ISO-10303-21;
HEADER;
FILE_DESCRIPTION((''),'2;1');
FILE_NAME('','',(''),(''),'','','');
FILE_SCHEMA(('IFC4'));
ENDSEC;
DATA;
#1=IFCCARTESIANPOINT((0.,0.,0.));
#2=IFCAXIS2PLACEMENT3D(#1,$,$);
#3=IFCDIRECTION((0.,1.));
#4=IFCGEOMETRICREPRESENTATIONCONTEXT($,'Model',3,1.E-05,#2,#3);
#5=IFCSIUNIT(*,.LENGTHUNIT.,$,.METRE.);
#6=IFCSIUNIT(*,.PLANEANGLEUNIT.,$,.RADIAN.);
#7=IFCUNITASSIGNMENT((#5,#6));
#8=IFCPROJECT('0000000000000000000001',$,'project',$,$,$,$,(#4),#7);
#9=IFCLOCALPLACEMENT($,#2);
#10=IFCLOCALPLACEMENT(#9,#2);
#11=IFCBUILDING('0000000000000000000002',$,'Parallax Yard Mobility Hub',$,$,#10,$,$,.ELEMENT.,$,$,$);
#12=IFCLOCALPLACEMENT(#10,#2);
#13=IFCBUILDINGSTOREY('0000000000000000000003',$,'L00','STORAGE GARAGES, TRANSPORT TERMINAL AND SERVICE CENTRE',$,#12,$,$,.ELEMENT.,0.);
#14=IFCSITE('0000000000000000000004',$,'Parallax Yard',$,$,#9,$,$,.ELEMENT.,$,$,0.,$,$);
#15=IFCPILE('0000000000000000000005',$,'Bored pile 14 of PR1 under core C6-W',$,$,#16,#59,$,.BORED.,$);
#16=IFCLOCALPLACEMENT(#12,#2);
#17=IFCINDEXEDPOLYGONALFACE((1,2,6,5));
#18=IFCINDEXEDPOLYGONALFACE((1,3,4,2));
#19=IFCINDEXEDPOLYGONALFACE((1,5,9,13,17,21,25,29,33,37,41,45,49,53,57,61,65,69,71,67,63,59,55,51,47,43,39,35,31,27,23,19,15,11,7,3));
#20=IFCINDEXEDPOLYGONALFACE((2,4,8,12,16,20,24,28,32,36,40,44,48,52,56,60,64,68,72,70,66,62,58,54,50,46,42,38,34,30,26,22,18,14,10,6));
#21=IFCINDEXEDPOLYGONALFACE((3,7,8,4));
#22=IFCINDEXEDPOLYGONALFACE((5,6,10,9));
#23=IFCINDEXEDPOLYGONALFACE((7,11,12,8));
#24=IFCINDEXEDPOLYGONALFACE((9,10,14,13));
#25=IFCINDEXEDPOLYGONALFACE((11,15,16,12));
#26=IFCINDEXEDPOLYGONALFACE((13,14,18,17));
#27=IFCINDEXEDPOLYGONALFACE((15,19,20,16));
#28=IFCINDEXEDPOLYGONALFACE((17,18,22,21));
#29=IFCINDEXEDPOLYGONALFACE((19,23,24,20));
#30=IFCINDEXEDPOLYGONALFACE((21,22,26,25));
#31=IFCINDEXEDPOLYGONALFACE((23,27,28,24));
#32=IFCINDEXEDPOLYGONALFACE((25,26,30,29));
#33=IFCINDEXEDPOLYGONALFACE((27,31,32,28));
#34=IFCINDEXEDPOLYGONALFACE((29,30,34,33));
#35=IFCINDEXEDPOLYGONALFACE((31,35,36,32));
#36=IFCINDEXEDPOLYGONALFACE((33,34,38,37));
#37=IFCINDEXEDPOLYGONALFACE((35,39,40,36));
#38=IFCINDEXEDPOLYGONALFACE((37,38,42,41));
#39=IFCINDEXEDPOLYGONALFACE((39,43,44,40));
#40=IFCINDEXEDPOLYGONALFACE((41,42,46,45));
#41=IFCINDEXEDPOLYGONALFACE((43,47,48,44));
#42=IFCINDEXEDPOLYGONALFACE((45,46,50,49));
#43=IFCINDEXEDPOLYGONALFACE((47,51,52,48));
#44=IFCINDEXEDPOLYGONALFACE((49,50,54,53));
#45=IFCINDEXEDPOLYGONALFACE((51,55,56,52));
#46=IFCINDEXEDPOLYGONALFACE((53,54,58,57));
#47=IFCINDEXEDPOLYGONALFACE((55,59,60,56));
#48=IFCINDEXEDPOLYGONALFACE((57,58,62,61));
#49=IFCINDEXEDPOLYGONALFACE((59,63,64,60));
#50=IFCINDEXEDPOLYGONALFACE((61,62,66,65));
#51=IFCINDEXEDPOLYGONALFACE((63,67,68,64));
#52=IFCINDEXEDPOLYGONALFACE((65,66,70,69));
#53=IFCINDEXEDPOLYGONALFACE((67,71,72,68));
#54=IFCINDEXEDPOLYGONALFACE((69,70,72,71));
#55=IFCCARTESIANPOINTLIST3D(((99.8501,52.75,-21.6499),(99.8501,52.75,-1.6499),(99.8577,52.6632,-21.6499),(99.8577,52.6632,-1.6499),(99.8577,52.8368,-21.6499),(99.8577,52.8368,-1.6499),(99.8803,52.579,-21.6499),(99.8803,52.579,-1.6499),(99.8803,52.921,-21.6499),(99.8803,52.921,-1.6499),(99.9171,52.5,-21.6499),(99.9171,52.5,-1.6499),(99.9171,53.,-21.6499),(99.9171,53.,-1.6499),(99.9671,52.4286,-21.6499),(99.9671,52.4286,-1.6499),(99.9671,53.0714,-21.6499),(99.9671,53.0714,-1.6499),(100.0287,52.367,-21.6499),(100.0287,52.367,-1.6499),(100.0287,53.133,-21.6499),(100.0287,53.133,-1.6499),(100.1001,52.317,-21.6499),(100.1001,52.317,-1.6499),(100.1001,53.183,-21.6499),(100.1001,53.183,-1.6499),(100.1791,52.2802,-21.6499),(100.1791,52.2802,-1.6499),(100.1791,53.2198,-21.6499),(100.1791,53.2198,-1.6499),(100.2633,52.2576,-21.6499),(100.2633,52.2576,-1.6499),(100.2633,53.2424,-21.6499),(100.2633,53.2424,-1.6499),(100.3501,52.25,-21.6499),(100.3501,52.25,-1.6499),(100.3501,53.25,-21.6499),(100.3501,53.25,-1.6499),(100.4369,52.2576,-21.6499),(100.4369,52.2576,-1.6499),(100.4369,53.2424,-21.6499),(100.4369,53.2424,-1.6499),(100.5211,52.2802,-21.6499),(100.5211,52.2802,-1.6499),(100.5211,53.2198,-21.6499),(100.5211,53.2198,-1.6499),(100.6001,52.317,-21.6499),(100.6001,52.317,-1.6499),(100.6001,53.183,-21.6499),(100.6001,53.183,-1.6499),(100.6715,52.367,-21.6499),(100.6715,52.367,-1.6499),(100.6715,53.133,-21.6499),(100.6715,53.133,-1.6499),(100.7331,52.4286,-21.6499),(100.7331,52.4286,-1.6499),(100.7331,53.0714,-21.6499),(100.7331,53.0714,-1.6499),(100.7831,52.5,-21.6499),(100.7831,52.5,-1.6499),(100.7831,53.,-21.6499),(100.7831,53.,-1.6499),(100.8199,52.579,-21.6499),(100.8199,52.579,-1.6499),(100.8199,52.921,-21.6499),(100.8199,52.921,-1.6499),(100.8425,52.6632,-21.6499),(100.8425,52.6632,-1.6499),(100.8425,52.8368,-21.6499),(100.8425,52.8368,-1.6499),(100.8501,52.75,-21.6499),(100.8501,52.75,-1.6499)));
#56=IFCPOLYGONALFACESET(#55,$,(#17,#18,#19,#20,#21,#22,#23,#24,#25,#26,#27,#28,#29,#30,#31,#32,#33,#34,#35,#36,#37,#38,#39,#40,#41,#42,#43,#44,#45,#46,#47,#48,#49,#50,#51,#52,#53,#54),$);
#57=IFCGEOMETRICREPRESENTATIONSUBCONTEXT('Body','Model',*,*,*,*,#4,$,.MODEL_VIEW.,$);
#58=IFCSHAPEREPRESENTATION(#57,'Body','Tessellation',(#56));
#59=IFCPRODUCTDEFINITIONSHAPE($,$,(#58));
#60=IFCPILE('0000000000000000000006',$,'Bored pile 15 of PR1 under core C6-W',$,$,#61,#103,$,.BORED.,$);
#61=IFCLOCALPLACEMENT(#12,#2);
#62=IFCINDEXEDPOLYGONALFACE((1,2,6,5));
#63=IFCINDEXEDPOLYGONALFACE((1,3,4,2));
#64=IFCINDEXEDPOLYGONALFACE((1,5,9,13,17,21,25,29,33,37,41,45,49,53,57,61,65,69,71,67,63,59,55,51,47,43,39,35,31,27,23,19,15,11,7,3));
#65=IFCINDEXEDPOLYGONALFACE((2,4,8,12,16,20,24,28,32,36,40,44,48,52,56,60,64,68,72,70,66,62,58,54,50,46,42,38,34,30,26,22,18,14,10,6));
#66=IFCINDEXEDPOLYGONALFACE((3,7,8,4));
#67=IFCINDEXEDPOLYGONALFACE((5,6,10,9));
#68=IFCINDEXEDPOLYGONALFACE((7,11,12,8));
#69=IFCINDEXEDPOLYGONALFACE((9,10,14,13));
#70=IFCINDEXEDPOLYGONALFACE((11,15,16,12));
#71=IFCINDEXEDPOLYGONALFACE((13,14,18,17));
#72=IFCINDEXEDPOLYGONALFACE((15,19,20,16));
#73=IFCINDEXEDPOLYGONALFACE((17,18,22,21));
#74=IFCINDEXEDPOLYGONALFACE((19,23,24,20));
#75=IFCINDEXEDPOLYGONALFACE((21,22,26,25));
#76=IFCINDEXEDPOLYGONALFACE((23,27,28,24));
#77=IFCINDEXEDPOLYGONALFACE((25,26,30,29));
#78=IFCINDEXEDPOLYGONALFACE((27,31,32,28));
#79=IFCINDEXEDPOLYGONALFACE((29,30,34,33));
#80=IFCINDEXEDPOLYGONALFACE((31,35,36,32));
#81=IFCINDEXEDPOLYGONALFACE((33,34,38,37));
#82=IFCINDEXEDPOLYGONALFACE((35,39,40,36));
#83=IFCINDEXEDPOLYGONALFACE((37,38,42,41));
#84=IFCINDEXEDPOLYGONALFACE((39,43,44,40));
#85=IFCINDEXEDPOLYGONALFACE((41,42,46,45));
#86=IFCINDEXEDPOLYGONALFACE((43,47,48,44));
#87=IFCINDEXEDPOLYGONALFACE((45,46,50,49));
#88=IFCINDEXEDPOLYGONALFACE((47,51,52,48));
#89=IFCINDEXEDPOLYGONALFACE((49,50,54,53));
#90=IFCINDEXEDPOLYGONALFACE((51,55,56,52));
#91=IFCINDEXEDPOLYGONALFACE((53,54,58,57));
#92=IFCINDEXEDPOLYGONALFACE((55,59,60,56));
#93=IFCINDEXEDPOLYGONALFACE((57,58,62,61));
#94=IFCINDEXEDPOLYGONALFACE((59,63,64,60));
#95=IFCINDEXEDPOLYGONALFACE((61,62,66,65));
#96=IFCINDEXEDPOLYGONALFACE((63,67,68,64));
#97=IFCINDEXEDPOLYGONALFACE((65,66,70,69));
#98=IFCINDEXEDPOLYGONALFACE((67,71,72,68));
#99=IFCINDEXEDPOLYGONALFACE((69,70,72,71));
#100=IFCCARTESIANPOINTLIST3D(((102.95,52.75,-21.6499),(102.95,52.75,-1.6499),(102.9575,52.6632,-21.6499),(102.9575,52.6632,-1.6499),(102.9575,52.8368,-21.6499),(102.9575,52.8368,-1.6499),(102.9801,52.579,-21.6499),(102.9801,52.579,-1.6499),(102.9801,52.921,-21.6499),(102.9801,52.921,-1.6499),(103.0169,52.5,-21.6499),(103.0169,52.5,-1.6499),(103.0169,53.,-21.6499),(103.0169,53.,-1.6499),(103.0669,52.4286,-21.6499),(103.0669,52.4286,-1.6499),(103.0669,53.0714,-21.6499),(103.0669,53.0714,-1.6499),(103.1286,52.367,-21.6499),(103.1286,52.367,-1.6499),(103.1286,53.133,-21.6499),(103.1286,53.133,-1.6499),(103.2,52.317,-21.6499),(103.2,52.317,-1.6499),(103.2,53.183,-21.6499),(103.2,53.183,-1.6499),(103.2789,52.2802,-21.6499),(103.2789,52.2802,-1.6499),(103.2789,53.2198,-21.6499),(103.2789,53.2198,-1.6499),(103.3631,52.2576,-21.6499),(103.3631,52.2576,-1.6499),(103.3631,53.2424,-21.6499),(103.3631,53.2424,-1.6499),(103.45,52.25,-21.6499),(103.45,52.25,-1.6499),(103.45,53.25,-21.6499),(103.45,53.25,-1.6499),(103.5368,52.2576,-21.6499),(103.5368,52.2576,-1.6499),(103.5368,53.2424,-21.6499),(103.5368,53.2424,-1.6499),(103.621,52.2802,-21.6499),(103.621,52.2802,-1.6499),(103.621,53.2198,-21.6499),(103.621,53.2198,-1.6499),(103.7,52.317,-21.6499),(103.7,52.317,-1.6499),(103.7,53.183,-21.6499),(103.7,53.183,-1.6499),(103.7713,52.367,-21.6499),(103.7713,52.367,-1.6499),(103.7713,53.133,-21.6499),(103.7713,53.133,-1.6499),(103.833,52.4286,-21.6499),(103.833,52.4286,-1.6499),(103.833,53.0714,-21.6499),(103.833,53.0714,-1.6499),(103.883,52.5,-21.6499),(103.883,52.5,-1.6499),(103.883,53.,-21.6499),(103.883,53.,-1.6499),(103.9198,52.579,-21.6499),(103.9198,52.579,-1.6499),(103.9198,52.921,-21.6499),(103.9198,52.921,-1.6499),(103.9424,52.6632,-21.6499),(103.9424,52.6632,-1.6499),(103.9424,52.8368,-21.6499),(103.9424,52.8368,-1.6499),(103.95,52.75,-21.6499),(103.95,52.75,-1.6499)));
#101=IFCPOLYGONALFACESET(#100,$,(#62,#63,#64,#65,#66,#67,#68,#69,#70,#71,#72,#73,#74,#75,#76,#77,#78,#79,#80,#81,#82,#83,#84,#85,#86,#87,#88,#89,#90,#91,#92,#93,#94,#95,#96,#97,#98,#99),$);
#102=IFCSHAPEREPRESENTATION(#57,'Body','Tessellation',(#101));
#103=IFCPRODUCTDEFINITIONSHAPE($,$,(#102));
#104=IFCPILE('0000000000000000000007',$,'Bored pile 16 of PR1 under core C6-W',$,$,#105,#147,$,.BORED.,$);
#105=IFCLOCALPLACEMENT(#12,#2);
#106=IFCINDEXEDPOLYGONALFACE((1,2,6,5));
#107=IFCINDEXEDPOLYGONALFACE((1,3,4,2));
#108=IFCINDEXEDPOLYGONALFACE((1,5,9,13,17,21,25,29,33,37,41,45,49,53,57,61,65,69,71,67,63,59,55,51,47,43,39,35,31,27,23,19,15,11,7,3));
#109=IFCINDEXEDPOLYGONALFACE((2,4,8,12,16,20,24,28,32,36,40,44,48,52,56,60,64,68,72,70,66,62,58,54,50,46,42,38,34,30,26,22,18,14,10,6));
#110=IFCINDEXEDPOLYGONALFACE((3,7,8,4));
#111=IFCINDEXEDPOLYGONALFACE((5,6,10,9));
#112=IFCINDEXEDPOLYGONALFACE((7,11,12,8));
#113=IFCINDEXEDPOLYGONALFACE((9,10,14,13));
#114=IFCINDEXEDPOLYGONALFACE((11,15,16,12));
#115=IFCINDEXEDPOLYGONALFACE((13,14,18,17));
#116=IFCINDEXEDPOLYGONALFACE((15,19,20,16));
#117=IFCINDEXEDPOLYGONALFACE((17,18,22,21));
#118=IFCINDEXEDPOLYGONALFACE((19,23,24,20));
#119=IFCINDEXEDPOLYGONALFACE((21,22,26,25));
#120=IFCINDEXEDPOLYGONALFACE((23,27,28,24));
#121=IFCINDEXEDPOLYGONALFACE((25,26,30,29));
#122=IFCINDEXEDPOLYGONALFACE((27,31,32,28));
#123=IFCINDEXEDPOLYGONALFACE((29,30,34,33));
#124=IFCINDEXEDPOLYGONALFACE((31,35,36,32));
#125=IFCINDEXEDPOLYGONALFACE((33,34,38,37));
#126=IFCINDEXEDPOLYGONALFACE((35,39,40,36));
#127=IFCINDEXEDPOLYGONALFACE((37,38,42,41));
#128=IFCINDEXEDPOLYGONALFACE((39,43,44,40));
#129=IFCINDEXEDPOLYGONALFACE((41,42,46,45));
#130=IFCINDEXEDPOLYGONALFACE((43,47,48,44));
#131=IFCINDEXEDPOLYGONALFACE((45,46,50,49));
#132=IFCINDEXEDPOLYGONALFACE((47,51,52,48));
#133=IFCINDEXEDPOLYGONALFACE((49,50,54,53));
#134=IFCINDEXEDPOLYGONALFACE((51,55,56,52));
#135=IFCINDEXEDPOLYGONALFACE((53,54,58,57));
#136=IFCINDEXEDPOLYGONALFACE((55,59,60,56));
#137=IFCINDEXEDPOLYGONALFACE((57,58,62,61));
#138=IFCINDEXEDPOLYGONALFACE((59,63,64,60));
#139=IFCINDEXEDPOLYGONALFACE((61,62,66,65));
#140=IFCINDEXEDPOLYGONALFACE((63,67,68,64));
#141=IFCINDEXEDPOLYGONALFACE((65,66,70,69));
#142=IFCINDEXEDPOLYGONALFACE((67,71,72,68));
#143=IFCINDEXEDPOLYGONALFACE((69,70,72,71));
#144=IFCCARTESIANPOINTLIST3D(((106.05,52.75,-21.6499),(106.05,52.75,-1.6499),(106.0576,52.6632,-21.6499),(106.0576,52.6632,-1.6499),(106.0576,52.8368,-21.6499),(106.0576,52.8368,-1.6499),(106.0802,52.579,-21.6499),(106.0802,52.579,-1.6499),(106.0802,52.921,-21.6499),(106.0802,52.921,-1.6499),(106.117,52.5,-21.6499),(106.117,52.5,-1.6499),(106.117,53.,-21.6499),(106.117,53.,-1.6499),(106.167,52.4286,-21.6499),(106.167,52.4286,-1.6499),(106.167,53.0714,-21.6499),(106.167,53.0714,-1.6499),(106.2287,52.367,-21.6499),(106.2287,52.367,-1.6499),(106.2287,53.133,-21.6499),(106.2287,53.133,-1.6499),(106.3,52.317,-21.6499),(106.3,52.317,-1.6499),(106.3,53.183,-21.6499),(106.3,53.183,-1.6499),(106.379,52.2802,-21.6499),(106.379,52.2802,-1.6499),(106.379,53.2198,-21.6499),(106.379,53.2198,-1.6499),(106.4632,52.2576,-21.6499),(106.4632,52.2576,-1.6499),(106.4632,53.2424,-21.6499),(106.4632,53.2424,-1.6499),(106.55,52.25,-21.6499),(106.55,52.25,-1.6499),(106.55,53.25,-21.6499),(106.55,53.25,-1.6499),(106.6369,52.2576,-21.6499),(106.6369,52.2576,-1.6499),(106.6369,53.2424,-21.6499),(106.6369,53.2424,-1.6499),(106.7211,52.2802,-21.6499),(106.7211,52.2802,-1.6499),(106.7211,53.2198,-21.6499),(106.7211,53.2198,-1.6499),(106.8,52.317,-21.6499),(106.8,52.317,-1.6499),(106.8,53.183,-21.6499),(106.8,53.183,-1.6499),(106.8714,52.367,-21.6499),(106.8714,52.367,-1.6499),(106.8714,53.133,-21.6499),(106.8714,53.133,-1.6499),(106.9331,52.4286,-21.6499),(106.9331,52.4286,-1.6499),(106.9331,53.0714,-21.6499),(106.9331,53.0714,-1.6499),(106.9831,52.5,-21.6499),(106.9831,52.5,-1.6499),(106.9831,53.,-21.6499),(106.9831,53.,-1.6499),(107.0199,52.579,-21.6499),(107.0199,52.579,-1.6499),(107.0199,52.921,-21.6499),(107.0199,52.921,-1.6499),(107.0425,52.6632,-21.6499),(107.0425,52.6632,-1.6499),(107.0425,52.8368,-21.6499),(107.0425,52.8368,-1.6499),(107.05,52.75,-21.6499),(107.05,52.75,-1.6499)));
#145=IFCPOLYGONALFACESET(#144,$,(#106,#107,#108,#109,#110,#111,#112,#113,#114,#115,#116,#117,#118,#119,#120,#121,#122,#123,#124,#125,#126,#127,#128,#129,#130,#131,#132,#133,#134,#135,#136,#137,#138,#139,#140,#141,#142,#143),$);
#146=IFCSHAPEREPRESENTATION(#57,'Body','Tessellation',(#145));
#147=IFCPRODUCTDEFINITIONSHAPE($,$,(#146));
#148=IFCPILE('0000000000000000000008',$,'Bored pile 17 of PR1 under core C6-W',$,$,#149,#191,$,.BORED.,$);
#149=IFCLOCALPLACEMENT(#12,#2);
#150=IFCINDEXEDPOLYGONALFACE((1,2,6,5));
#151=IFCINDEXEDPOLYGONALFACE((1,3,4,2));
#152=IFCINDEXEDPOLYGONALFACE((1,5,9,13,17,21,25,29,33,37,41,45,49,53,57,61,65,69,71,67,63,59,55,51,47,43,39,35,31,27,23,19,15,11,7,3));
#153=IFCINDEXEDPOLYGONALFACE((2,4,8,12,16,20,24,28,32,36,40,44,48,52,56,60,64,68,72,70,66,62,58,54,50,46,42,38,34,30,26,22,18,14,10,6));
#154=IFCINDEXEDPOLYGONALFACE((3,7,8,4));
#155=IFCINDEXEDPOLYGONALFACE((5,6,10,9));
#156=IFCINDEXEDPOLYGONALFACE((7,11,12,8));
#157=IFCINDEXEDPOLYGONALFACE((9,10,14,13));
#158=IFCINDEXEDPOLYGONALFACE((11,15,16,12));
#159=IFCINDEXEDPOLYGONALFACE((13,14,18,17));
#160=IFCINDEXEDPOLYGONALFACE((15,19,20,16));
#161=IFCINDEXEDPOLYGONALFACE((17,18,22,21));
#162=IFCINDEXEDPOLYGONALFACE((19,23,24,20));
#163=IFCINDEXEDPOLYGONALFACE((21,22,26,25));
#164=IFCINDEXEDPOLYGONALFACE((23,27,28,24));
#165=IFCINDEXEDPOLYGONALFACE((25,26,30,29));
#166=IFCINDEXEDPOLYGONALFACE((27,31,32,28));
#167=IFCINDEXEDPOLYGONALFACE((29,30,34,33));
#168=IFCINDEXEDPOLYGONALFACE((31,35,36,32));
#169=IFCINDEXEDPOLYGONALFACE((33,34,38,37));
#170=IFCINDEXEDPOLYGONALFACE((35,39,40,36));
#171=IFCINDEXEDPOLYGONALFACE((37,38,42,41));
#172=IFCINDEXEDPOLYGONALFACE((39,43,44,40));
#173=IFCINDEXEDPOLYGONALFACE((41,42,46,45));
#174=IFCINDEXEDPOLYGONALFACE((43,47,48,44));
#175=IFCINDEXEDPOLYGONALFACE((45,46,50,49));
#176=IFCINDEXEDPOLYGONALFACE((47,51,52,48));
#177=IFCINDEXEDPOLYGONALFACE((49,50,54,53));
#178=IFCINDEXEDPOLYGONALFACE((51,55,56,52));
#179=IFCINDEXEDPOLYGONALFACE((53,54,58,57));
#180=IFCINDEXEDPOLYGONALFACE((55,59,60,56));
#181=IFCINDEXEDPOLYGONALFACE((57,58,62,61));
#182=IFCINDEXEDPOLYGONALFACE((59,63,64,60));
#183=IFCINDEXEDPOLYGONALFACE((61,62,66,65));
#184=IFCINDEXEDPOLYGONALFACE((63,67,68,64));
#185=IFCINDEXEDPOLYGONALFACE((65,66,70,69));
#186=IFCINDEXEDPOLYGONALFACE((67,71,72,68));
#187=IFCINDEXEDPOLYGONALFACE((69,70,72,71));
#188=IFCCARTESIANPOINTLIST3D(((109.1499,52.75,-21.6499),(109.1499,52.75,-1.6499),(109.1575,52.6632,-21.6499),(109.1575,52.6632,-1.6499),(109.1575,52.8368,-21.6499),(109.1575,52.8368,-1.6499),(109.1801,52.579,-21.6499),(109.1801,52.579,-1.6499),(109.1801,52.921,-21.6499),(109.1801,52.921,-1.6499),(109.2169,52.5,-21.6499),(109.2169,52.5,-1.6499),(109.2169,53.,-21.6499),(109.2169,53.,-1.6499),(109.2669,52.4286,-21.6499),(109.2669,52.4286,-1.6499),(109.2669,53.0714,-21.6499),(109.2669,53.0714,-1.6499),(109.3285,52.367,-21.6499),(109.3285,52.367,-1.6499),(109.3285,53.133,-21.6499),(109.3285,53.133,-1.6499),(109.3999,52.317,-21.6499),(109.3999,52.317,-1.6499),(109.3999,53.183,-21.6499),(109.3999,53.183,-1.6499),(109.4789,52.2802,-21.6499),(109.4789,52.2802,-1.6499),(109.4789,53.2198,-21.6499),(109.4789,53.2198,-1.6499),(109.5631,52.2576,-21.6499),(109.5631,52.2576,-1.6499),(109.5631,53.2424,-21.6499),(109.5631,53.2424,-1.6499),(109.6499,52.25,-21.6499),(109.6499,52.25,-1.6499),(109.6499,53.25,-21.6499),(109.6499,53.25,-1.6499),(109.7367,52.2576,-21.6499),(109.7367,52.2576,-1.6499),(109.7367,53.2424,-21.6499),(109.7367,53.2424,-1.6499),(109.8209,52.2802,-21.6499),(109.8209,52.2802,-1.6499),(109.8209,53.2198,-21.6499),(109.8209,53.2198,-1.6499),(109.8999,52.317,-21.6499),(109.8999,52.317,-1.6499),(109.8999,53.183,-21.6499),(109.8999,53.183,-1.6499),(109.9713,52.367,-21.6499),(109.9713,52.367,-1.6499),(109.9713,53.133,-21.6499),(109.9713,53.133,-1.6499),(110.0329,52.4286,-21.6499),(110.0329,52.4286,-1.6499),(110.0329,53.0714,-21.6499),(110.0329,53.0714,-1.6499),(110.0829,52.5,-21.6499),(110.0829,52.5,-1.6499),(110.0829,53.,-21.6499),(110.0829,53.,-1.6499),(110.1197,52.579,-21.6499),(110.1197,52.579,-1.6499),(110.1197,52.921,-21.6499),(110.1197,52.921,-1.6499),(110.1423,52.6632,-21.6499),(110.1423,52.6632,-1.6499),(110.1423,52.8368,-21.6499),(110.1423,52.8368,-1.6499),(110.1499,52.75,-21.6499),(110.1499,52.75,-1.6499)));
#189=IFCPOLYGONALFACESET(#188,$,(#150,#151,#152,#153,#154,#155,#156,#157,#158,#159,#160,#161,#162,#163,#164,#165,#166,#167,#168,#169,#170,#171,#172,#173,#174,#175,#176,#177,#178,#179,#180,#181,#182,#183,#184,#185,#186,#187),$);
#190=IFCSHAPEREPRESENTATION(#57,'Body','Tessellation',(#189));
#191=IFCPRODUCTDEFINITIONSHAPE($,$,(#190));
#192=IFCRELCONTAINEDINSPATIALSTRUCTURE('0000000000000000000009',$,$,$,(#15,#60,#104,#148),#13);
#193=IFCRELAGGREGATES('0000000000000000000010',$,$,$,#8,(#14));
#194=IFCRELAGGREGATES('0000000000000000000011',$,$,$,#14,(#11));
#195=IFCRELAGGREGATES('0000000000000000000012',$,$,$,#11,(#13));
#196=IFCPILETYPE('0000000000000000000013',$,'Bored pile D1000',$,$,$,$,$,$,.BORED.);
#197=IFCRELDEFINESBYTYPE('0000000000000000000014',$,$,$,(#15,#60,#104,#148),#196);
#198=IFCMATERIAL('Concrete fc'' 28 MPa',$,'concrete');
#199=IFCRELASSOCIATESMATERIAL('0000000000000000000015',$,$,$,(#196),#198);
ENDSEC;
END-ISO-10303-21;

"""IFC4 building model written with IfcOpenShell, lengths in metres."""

from ifc_helpers import new_model, si_unit, direction, frame, origin, origin_2d, place, context, subcontext, project, spatial, circle, extrude, material, material_profile, profile_set, type_object, element, save


model = new_model("IFC4")

# Units and contexts
model_context = context("Model", 3, precision=1e-05, world=origin(), true_north=direction((0.0, 1.0)))
body_context = subcontext(model_context, "Body", "Model", "MODEL_VIEW")
ifc_project = project(units=[si_unit("LENGTHUNIT", "METRE"), si_unit("PLANEANGLEUNIT", "RADIAN")], contexts=[model_context])

# Site, building, storey
site_placement = place(None, origin())
site = spatial("IfcSite", under=ifc_project, at=site_placement, Name="Parallax Yard", CompositionType="ELEMENT", RefElevation=0.0)
building_placement = place(site_placement, origin())
building = spatial("IfcBuilding", under=site, at=building_placement, Name="Parallax Yard Mobility Hub", CompositionType="ELEMENT")
storey_placement = place(building_placement, origin())
storey = spatial("IfcBuildingStorey", under=building, at=storey_placement, Name="L00", Description="STORAGE GARAGES, TRANSPORT TERMINAL AND SERVICE CENTRE", CompositionType="ELEMENT", Elevation=0.0)

# Piles
ifc_material_1 = material(Name="Concrete fc' 28 MPa", Category="concrete")
ifc_material_profile_1 = material_profile(ifc_material_1, circle(Radius=0.5, at=origin_2d()), Name="Bored pile D1000")
ifc_profile_set_1 = profile_set([ifc_material_profile_1], Name="Concrete fc' 28 MPa")
pile_type = type_object("IfcPileType", Name="Bored pile D1000", PredefinedType="BORED", material=ifc_profile_set_1)
for number, where, z_axis, x_axis, name in (
    (1, (100.3501, 52.75, -1.6499), (0.0, 0.0, -1.0), (1.0, 0.0, 0.0), "Bored pile 14 of PR1 under core C6-W"),
    (2, (103.45, 52.75, -1.6499), (0.0, 0.0, -1.0), (1.0, 0.0, 0.0), "Bored pile 15 of PR1 under core C6-W"),
    (3, (106.55, 52.75, -1.6499), (0.0, 0.0, -1.0), (1.0, 0.0, 0.0), "Bored pile 16 of PR1 under core C6-W"),
    (4, (109.6499, 52.75, -1.6499), (0.0, 0.0, -1.0), (1.0, 0.0, 0.0), "Bored pile 17 of PR1 under core C6-W"),
):
    element("IfcPile", number, at=place(storey_placement, frame(where, z_axis=z_axis, x_axis=x_axis)), inside=storey, type_object=pile_type, Name=name, PredefinedType="BORED", context=body_context, shape_type="SweptSolid", body=[
        extrude(circle(Radius=0.5, at=origin_2d()), origin(), (0.0, 0.0, 1.0), 20.0),
    ])

save(model, "model.ifc")
